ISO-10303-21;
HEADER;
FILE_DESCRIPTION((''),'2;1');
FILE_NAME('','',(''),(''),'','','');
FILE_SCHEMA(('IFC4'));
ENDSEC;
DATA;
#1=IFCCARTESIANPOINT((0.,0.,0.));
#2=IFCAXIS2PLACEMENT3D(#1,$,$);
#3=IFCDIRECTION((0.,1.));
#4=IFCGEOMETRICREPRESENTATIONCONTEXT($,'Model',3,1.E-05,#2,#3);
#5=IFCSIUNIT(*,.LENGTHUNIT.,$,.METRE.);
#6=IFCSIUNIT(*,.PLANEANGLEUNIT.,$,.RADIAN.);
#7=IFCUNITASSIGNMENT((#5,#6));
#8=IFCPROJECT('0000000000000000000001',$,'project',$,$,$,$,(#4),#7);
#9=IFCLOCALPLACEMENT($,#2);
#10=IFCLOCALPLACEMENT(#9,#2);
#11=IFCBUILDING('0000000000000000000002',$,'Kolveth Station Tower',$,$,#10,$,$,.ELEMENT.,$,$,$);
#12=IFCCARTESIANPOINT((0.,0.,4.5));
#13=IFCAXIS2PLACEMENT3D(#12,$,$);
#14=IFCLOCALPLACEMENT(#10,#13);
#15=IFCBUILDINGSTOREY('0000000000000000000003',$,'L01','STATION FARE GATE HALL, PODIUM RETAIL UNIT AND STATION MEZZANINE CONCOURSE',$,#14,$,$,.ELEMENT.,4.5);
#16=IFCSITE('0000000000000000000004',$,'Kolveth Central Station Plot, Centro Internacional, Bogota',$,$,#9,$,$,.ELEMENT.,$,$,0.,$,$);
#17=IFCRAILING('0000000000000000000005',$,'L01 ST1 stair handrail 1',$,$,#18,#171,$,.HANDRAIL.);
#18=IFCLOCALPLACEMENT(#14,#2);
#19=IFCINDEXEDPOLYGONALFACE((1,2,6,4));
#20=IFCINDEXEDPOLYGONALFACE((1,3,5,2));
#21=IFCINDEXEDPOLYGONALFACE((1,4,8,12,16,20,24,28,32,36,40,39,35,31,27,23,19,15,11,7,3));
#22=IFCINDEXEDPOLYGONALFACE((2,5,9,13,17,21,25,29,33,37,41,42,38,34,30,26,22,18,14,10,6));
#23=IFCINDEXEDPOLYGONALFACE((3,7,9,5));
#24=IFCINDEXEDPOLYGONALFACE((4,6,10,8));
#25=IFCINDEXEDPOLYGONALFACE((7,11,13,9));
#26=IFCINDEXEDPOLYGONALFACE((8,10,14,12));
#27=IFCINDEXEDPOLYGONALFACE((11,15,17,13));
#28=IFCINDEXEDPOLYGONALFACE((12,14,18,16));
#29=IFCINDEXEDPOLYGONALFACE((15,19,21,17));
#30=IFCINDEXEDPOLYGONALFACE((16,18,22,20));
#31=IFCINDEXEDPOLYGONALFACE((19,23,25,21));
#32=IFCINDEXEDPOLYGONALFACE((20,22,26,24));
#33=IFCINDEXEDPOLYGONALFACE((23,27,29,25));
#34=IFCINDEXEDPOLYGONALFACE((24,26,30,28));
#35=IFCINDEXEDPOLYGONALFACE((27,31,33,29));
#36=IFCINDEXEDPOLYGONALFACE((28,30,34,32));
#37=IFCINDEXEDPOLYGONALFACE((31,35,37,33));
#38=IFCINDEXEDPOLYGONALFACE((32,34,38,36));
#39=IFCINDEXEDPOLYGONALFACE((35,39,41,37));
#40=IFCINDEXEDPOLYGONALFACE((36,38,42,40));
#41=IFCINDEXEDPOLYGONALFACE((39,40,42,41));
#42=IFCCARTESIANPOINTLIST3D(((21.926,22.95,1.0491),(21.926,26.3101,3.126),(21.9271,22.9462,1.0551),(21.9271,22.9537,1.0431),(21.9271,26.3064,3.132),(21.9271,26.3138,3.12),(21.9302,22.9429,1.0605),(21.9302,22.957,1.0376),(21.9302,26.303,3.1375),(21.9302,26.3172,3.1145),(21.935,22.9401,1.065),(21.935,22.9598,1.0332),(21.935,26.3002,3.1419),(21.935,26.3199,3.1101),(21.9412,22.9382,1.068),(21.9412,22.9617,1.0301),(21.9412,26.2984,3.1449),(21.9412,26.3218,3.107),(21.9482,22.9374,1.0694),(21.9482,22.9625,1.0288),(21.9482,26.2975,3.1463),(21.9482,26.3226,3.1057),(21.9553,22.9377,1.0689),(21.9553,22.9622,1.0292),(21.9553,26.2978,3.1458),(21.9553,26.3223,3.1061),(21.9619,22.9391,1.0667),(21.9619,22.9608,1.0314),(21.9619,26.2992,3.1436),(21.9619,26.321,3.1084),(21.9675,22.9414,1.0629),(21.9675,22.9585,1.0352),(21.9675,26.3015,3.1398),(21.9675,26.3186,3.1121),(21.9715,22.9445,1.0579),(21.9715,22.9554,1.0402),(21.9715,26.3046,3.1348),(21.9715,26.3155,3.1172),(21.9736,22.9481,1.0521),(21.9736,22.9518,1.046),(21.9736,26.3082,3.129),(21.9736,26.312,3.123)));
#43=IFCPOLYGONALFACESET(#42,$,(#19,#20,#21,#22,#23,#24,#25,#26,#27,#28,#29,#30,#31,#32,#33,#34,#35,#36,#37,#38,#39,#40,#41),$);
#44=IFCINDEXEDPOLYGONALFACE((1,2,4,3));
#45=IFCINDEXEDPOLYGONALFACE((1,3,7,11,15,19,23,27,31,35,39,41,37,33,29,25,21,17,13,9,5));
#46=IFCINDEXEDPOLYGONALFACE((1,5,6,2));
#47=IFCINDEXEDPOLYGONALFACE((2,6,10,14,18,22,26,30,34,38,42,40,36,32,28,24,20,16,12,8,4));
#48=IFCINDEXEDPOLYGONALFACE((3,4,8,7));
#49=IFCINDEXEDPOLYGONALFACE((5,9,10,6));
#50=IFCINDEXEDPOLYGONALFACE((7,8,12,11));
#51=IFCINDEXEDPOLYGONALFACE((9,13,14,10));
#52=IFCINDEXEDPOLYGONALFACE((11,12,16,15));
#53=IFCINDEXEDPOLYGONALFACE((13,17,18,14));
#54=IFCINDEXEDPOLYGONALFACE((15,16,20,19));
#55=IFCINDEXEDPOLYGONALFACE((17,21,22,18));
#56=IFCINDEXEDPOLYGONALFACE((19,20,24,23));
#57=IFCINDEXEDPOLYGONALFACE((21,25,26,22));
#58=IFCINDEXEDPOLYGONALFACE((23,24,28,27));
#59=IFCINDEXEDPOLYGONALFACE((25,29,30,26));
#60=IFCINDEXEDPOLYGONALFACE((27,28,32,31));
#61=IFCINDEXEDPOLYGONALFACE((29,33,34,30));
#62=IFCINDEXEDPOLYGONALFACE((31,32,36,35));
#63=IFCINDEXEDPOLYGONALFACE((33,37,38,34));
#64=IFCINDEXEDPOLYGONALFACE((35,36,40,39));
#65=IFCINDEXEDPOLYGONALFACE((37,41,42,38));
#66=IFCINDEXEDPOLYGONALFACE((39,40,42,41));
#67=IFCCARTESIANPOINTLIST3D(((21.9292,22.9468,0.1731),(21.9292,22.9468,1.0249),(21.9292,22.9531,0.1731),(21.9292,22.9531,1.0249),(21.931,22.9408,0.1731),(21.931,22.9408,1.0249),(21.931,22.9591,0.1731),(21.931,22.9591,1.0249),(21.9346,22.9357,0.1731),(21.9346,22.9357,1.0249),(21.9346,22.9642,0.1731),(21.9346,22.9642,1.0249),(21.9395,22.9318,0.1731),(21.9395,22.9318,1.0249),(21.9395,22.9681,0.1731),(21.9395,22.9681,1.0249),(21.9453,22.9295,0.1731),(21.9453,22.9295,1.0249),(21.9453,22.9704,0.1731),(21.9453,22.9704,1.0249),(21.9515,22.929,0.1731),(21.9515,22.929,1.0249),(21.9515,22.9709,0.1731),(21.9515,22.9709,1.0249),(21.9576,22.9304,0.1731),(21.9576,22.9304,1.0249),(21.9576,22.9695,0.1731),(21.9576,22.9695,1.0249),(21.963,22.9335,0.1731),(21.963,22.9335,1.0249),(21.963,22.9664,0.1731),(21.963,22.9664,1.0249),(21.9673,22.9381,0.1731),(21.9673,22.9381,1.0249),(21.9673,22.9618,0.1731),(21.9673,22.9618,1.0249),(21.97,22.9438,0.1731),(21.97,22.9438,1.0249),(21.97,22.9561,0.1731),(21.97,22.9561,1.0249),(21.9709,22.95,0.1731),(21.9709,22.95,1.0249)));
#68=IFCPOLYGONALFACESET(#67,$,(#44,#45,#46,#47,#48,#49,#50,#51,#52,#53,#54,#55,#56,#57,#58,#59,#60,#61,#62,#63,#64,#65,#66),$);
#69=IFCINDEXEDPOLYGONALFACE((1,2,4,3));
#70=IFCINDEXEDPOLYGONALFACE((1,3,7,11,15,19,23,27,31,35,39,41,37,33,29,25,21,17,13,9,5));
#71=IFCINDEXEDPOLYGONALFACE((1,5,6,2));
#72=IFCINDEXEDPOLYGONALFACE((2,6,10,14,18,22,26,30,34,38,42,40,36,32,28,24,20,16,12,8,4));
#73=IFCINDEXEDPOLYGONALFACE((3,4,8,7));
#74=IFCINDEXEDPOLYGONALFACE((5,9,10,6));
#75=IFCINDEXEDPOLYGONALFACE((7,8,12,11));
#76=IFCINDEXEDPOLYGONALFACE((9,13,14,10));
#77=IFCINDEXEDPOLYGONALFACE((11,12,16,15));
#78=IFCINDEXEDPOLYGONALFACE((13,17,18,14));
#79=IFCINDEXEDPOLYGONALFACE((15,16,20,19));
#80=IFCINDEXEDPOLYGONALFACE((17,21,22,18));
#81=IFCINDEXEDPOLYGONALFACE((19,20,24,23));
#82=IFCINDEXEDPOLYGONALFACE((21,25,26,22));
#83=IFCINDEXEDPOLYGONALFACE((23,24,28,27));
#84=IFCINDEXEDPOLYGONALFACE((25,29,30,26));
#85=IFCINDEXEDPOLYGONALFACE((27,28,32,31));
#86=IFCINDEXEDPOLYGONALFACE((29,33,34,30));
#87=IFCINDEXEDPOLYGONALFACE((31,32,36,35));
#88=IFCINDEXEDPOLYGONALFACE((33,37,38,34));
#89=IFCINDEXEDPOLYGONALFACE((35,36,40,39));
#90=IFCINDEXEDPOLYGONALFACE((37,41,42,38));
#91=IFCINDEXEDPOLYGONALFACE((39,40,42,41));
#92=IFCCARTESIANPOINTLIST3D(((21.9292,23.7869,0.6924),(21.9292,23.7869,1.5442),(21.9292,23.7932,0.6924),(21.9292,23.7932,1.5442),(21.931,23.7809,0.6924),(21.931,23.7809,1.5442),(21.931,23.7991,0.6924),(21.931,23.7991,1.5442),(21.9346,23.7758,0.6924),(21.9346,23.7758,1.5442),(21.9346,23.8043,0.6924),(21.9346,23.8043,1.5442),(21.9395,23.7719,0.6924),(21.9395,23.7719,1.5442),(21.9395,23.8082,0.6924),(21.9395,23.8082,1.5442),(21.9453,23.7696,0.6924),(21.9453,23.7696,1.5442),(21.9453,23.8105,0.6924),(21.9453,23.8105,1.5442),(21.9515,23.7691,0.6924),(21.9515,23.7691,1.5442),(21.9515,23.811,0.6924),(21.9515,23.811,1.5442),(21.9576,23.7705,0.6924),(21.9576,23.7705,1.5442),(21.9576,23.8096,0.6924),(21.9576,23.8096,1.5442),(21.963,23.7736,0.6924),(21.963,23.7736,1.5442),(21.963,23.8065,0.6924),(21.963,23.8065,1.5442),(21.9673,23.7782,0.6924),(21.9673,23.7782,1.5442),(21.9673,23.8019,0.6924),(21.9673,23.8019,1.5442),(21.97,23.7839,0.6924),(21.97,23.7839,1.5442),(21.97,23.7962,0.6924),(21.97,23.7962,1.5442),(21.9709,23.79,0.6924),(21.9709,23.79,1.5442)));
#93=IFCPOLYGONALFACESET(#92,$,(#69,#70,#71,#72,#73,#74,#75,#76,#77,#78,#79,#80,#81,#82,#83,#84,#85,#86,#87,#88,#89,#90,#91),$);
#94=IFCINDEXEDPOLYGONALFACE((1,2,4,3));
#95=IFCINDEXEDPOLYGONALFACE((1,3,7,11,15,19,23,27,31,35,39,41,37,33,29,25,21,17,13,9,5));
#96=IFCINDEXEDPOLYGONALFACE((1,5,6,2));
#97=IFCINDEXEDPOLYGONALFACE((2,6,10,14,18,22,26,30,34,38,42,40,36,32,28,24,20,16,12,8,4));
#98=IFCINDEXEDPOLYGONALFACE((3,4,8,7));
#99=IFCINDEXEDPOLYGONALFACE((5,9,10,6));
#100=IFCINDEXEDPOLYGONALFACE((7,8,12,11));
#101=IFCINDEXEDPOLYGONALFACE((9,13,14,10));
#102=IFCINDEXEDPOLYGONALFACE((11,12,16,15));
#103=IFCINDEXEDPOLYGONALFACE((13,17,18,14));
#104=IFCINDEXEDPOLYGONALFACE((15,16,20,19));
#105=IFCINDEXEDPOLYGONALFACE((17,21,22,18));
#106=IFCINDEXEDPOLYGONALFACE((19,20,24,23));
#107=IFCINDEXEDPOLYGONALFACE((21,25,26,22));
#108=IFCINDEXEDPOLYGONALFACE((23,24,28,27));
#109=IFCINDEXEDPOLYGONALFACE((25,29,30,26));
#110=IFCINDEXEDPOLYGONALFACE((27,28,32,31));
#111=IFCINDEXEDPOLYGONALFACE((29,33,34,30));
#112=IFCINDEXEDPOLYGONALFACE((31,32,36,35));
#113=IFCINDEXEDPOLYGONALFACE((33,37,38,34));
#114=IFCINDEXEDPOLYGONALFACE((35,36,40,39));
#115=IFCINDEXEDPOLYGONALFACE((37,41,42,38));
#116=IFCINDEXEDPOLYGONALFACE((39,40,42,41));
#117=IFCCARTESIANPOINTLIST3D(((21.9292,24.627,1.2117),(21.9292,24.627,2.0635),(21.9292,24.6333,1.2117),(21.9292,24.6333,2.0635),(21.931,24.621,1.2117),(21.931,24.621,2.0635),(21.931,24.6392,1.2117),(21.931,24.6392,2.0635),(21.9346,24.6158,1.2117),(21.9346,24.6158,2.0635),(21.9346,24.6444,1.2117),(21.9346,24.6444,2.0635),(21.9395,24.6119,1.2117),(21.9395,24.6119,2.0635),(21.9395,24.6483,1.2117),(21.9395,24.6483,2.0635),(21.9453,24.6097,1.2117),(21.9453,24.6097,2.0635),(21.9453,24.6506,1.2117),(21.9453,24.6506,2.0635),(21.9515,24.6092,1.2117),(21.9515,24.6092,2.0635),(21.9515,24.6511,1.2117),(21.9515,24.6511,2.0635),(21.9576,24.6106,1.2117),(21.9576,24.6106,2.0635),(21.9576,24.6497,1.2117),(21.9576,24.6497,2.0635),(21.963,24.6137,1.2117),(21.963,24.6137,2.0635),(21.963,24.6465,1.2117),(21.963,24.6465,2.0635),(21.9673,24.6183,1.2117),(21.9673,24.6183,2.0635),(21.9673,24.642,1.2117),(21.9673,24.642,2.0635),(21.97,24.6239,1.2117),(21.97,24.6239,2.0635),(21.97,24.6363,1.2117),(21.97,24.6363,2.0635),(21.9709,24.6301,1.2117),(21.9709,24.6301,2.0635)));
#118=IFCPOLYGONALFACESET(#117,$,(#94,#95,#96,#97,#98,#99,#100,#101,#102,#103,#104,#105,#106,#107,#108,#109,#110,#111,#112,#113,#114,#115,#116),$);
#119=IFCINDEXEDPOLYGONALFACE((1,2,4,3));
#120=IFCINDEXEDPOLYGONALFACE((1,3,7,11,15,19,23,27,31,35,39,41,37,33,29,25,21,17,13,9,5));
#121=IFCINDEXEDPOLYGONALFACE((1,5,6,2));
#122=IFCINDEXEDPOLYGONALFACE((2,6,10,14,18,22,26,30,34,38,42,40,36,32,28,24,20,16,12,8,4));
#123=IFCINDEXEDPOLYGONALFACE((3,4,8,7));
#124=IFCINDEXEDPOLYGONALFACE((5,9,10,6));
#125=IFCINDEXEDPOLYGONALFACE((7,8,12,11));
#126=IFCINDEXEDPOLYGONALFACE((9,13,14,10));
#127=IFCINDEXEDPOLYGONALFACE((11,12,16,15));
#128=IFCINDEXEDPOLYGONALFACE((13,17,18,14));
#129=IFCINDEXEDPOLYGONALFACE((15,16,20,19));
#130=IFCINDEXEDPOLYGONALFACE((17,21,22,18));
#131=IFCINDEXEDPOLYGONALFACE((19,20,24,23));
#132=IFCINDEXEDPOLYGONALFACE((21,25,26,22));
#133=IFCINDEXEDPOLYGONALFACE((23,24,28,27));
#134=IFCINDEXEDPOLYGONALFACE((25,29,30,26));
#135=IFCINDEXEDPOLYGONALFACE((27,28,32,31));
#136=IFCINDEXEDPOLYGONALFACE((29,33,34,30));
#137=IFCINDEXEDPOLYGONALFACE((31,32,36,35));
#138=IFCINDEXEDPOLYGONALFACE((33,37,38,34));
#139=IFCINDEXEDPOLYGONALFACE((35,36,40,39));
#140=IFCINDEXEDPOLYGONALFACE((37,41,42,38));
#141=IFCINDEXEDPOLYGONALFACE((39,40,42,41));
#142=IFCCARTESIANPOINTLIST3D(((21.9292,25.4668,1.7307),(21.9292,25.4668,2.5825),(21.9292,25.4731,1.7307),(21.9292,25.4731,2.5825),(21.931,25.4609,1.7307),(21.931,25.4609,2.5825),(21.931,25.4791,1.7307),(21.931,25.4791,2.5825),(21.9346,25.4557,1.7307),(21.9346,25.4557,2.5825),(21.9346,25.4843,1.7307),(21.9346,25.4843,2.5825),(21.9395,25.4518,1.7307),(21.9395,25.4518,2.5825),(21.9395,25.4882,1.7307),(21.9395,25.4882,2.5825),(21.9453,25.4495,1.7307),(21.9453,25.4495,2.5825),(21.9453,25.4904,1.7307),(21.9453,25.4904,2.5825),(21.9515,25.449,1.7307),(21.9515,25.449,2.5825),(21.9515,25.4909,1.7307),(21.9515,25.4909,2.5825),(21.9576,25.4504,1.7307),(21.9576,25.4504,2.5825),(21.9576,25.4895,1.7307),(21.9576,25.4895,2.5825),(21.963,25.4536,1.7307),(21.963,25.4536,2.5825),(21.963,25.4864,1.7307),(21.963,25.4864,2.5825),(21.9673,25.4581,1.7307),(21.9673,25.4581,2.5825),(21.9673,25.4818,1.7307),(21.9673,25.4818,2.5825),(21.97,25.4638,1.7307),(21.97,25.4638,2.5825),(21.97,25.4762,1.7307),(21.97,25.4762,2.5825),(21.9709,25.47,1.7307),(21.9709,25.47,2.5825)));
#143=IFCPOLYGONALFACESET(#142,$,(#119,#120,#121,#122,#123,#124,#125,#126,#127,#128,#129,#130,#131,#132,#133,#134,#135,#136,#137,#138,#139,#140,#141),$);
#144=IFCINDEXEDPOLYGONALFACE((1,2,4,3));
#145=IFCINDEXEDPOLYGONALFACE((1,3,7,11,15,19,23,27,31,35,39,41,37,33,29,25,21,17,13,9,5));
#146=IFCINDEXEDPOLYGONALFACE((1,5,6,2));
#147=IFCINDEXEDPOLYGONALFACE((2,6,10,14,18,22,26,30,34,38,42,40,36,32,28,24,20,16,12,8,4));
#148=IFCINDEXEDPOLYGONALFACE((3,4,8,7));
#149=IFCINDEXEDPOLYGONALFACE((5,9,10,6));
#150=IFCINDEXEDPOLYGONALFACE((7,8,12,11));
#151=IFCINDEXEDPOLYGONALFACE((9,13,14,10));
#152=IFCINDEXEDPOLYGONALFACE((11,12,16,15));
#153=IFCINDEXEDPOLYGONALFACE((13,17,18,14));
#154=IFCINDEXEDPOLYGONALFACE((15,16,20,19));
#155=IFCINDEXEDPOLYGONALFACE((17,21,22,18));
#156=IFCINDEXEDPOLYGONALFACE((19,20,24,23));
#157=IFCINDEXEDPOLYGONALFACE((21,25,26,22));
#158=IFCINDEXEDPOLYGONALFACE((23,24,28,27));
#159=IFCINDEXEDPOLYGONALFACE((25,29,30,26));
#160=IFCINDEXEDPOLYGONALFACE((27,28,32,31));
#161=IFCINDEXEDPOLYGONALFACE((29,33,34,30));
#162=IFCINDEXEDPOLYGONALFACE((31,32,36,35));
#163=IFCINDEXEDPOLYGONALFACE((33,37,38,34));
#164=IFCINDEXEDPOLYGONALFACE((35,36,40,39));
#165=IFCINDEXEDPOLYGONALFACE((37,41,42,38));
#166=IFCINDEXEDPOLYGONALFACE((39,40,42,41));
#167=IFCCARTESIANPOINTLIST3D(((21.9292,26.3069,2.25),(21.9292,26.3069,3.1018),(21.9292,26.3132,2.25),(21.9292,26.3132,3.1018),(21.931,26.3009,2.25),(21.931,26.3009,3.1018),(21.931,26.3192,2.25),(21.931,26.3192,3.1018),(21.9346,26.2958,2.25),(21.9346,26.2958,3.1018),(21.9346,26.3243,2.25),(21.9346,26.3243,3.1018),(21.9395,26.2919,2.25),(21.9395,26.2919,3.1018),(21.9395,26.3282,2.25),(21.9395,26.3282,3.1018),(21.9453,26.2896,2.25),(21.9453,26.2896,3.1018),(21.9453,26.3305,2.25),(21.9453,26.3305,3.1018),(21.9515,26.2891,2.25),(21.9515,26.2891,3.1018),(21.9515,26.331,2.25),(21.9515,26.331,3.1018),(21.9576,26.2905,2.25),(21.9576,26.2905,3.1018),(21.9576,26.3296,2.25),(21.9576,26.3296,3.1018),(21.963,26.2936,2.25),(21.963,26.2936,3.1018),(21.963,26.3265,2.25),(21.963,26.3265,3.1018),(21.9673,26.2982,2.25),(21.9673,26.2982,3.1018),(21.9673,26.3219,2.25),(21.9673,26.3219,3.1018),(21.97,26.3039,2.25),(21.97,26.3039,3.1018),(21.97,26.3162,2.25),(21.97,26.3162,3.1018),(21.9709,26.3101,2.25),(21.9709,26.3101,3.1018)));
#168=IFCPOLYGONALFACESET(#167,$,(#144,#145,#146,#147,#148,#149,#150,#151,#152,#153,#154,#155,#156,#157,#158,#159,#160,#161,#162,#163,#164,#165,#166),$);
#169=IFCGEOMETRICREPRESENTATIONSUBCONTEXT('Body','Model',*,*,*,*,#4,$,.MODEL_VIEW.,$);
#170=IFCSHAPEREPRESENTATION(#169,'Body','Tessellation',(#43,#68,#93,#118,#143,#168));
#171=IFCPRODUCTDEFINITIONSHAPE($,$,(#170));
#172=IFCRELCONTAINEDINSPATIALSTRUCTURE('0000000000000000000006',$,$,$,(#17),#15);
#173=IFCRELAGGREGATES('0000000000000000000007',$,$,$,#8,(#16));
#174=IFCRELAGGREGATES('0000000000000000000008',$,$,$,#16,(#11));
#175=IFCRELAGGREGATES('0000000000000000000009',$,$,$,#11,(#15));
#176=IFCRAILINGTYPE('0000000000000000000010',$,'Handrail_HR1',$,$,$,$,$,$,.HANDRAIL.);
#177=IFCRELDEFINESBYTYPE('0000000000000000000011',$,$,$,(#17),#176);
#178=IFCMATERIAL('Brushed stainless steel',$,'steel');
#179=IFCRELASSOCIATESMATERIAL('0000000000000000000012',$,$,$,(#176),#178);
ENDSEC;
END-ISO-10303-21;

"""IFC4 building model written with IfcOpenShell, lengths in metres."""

from ifc_helpers import new_model, si_unit, direction, frame, origin, origin_2d, place, context, subcontext, project, spatial, circle, extrude, material, type_object, element, save


model = new_model("IFC4")

# Units and contexts
model_context = context("Model", 3, precision=1e-05, world=origin(), true_north=direction((0.0, 1.0)))
body_context = subcontext(model_context, "Body", "Model", "MODEL_VIEW")
ifc_project = project(units=[si_unit("LENGTHUNIT", "METRE"), si_unit("PLANEANGLEUNIT", "RADIAN")], contexts=[model_context])

# Site, building, storey
site_placement = place(None, origin())
site = spatial("IfcSite", under=ifc_project, at=site_placement, Name="Kolveth Central Station Plot, Centro Internacional, Bogota", CompositionType="ELEMENT", RefElevation=0.0)
building_placement = place(site_placement, origin())
building = spatial("IfcBuilding", under=site, at=building_placement, Name="Kolveth Station Tower", CompositionType="ELEMENT")
storey_placement = place(building_placement, frame((0.0, 0.0, 4.5)))
storey = spatial("IfcBuildingStorey", under=building, at=storey_placement, Name="L01", Description="STATION FARE GATE HALL, PODIUM RETAIL UNIT AND STATION MEZZANINE CONCOURSE", CompositionType="ELEMENT", Elevation=4.5)

# Railing
ifc_material_1 = material(Name="Brushed stainless steel", Category="steel")
railing_type_1 = type_object("IfcRailingType", Name="Handrail_HR1", PredefinedType="HANDRAIL", material=ifc_material_1)
railing_1_placement = place(storey_placement, frame((21.95, 22.95, 0.1731)))
element("IfcRailing", 1, at=railing_1_placement, inside=storey, type_object=railing_type_1, Name="L01 ST1 stair handrail 1", PredefinedType="HANDRAIL", context=body_context, shape_type="SweptSolid", body=[
    extrude(circle(Radius=0.0239, at=origin_2d()), frame((0.0, 0.0, 0.876), z_axis=(0.0, 0.850623, 0.525776), x_axis=(-1.0, 0.0, 0.0)), (0.0, 0.0, 1.0), 3.9502),
    extrude(circle(Radius=0.021, at=origin_2d()), origin(), (0.0, 0.0, 1.0), 0.8518),
    extrude(circle(Radius=0.021, at=origin_2d()), frame((0.0, 0.8401, 0.5193)), (0.0, 0.0, 1.0), 0.8518),
    extrude(circle(Radius=0.021, at=origin_2d()), frame((0.0, 1.6802, 1.0386)), (0.0, 0.0, 1.0), 0.8518),
    extrude(circle(Radius=0.021, at=origin_2d()), frame((0.0, 2.52, 1.5576)), (0.0, 0.0, 1.0), 0.8518),
    extrude(circle(Radius=0.021, at=origin_2d()), frame((0.0, 3.3601, 2.0769)), (0.0, 0.0, 1.0), 0.8518),
])

save(model, "model.ifc")
